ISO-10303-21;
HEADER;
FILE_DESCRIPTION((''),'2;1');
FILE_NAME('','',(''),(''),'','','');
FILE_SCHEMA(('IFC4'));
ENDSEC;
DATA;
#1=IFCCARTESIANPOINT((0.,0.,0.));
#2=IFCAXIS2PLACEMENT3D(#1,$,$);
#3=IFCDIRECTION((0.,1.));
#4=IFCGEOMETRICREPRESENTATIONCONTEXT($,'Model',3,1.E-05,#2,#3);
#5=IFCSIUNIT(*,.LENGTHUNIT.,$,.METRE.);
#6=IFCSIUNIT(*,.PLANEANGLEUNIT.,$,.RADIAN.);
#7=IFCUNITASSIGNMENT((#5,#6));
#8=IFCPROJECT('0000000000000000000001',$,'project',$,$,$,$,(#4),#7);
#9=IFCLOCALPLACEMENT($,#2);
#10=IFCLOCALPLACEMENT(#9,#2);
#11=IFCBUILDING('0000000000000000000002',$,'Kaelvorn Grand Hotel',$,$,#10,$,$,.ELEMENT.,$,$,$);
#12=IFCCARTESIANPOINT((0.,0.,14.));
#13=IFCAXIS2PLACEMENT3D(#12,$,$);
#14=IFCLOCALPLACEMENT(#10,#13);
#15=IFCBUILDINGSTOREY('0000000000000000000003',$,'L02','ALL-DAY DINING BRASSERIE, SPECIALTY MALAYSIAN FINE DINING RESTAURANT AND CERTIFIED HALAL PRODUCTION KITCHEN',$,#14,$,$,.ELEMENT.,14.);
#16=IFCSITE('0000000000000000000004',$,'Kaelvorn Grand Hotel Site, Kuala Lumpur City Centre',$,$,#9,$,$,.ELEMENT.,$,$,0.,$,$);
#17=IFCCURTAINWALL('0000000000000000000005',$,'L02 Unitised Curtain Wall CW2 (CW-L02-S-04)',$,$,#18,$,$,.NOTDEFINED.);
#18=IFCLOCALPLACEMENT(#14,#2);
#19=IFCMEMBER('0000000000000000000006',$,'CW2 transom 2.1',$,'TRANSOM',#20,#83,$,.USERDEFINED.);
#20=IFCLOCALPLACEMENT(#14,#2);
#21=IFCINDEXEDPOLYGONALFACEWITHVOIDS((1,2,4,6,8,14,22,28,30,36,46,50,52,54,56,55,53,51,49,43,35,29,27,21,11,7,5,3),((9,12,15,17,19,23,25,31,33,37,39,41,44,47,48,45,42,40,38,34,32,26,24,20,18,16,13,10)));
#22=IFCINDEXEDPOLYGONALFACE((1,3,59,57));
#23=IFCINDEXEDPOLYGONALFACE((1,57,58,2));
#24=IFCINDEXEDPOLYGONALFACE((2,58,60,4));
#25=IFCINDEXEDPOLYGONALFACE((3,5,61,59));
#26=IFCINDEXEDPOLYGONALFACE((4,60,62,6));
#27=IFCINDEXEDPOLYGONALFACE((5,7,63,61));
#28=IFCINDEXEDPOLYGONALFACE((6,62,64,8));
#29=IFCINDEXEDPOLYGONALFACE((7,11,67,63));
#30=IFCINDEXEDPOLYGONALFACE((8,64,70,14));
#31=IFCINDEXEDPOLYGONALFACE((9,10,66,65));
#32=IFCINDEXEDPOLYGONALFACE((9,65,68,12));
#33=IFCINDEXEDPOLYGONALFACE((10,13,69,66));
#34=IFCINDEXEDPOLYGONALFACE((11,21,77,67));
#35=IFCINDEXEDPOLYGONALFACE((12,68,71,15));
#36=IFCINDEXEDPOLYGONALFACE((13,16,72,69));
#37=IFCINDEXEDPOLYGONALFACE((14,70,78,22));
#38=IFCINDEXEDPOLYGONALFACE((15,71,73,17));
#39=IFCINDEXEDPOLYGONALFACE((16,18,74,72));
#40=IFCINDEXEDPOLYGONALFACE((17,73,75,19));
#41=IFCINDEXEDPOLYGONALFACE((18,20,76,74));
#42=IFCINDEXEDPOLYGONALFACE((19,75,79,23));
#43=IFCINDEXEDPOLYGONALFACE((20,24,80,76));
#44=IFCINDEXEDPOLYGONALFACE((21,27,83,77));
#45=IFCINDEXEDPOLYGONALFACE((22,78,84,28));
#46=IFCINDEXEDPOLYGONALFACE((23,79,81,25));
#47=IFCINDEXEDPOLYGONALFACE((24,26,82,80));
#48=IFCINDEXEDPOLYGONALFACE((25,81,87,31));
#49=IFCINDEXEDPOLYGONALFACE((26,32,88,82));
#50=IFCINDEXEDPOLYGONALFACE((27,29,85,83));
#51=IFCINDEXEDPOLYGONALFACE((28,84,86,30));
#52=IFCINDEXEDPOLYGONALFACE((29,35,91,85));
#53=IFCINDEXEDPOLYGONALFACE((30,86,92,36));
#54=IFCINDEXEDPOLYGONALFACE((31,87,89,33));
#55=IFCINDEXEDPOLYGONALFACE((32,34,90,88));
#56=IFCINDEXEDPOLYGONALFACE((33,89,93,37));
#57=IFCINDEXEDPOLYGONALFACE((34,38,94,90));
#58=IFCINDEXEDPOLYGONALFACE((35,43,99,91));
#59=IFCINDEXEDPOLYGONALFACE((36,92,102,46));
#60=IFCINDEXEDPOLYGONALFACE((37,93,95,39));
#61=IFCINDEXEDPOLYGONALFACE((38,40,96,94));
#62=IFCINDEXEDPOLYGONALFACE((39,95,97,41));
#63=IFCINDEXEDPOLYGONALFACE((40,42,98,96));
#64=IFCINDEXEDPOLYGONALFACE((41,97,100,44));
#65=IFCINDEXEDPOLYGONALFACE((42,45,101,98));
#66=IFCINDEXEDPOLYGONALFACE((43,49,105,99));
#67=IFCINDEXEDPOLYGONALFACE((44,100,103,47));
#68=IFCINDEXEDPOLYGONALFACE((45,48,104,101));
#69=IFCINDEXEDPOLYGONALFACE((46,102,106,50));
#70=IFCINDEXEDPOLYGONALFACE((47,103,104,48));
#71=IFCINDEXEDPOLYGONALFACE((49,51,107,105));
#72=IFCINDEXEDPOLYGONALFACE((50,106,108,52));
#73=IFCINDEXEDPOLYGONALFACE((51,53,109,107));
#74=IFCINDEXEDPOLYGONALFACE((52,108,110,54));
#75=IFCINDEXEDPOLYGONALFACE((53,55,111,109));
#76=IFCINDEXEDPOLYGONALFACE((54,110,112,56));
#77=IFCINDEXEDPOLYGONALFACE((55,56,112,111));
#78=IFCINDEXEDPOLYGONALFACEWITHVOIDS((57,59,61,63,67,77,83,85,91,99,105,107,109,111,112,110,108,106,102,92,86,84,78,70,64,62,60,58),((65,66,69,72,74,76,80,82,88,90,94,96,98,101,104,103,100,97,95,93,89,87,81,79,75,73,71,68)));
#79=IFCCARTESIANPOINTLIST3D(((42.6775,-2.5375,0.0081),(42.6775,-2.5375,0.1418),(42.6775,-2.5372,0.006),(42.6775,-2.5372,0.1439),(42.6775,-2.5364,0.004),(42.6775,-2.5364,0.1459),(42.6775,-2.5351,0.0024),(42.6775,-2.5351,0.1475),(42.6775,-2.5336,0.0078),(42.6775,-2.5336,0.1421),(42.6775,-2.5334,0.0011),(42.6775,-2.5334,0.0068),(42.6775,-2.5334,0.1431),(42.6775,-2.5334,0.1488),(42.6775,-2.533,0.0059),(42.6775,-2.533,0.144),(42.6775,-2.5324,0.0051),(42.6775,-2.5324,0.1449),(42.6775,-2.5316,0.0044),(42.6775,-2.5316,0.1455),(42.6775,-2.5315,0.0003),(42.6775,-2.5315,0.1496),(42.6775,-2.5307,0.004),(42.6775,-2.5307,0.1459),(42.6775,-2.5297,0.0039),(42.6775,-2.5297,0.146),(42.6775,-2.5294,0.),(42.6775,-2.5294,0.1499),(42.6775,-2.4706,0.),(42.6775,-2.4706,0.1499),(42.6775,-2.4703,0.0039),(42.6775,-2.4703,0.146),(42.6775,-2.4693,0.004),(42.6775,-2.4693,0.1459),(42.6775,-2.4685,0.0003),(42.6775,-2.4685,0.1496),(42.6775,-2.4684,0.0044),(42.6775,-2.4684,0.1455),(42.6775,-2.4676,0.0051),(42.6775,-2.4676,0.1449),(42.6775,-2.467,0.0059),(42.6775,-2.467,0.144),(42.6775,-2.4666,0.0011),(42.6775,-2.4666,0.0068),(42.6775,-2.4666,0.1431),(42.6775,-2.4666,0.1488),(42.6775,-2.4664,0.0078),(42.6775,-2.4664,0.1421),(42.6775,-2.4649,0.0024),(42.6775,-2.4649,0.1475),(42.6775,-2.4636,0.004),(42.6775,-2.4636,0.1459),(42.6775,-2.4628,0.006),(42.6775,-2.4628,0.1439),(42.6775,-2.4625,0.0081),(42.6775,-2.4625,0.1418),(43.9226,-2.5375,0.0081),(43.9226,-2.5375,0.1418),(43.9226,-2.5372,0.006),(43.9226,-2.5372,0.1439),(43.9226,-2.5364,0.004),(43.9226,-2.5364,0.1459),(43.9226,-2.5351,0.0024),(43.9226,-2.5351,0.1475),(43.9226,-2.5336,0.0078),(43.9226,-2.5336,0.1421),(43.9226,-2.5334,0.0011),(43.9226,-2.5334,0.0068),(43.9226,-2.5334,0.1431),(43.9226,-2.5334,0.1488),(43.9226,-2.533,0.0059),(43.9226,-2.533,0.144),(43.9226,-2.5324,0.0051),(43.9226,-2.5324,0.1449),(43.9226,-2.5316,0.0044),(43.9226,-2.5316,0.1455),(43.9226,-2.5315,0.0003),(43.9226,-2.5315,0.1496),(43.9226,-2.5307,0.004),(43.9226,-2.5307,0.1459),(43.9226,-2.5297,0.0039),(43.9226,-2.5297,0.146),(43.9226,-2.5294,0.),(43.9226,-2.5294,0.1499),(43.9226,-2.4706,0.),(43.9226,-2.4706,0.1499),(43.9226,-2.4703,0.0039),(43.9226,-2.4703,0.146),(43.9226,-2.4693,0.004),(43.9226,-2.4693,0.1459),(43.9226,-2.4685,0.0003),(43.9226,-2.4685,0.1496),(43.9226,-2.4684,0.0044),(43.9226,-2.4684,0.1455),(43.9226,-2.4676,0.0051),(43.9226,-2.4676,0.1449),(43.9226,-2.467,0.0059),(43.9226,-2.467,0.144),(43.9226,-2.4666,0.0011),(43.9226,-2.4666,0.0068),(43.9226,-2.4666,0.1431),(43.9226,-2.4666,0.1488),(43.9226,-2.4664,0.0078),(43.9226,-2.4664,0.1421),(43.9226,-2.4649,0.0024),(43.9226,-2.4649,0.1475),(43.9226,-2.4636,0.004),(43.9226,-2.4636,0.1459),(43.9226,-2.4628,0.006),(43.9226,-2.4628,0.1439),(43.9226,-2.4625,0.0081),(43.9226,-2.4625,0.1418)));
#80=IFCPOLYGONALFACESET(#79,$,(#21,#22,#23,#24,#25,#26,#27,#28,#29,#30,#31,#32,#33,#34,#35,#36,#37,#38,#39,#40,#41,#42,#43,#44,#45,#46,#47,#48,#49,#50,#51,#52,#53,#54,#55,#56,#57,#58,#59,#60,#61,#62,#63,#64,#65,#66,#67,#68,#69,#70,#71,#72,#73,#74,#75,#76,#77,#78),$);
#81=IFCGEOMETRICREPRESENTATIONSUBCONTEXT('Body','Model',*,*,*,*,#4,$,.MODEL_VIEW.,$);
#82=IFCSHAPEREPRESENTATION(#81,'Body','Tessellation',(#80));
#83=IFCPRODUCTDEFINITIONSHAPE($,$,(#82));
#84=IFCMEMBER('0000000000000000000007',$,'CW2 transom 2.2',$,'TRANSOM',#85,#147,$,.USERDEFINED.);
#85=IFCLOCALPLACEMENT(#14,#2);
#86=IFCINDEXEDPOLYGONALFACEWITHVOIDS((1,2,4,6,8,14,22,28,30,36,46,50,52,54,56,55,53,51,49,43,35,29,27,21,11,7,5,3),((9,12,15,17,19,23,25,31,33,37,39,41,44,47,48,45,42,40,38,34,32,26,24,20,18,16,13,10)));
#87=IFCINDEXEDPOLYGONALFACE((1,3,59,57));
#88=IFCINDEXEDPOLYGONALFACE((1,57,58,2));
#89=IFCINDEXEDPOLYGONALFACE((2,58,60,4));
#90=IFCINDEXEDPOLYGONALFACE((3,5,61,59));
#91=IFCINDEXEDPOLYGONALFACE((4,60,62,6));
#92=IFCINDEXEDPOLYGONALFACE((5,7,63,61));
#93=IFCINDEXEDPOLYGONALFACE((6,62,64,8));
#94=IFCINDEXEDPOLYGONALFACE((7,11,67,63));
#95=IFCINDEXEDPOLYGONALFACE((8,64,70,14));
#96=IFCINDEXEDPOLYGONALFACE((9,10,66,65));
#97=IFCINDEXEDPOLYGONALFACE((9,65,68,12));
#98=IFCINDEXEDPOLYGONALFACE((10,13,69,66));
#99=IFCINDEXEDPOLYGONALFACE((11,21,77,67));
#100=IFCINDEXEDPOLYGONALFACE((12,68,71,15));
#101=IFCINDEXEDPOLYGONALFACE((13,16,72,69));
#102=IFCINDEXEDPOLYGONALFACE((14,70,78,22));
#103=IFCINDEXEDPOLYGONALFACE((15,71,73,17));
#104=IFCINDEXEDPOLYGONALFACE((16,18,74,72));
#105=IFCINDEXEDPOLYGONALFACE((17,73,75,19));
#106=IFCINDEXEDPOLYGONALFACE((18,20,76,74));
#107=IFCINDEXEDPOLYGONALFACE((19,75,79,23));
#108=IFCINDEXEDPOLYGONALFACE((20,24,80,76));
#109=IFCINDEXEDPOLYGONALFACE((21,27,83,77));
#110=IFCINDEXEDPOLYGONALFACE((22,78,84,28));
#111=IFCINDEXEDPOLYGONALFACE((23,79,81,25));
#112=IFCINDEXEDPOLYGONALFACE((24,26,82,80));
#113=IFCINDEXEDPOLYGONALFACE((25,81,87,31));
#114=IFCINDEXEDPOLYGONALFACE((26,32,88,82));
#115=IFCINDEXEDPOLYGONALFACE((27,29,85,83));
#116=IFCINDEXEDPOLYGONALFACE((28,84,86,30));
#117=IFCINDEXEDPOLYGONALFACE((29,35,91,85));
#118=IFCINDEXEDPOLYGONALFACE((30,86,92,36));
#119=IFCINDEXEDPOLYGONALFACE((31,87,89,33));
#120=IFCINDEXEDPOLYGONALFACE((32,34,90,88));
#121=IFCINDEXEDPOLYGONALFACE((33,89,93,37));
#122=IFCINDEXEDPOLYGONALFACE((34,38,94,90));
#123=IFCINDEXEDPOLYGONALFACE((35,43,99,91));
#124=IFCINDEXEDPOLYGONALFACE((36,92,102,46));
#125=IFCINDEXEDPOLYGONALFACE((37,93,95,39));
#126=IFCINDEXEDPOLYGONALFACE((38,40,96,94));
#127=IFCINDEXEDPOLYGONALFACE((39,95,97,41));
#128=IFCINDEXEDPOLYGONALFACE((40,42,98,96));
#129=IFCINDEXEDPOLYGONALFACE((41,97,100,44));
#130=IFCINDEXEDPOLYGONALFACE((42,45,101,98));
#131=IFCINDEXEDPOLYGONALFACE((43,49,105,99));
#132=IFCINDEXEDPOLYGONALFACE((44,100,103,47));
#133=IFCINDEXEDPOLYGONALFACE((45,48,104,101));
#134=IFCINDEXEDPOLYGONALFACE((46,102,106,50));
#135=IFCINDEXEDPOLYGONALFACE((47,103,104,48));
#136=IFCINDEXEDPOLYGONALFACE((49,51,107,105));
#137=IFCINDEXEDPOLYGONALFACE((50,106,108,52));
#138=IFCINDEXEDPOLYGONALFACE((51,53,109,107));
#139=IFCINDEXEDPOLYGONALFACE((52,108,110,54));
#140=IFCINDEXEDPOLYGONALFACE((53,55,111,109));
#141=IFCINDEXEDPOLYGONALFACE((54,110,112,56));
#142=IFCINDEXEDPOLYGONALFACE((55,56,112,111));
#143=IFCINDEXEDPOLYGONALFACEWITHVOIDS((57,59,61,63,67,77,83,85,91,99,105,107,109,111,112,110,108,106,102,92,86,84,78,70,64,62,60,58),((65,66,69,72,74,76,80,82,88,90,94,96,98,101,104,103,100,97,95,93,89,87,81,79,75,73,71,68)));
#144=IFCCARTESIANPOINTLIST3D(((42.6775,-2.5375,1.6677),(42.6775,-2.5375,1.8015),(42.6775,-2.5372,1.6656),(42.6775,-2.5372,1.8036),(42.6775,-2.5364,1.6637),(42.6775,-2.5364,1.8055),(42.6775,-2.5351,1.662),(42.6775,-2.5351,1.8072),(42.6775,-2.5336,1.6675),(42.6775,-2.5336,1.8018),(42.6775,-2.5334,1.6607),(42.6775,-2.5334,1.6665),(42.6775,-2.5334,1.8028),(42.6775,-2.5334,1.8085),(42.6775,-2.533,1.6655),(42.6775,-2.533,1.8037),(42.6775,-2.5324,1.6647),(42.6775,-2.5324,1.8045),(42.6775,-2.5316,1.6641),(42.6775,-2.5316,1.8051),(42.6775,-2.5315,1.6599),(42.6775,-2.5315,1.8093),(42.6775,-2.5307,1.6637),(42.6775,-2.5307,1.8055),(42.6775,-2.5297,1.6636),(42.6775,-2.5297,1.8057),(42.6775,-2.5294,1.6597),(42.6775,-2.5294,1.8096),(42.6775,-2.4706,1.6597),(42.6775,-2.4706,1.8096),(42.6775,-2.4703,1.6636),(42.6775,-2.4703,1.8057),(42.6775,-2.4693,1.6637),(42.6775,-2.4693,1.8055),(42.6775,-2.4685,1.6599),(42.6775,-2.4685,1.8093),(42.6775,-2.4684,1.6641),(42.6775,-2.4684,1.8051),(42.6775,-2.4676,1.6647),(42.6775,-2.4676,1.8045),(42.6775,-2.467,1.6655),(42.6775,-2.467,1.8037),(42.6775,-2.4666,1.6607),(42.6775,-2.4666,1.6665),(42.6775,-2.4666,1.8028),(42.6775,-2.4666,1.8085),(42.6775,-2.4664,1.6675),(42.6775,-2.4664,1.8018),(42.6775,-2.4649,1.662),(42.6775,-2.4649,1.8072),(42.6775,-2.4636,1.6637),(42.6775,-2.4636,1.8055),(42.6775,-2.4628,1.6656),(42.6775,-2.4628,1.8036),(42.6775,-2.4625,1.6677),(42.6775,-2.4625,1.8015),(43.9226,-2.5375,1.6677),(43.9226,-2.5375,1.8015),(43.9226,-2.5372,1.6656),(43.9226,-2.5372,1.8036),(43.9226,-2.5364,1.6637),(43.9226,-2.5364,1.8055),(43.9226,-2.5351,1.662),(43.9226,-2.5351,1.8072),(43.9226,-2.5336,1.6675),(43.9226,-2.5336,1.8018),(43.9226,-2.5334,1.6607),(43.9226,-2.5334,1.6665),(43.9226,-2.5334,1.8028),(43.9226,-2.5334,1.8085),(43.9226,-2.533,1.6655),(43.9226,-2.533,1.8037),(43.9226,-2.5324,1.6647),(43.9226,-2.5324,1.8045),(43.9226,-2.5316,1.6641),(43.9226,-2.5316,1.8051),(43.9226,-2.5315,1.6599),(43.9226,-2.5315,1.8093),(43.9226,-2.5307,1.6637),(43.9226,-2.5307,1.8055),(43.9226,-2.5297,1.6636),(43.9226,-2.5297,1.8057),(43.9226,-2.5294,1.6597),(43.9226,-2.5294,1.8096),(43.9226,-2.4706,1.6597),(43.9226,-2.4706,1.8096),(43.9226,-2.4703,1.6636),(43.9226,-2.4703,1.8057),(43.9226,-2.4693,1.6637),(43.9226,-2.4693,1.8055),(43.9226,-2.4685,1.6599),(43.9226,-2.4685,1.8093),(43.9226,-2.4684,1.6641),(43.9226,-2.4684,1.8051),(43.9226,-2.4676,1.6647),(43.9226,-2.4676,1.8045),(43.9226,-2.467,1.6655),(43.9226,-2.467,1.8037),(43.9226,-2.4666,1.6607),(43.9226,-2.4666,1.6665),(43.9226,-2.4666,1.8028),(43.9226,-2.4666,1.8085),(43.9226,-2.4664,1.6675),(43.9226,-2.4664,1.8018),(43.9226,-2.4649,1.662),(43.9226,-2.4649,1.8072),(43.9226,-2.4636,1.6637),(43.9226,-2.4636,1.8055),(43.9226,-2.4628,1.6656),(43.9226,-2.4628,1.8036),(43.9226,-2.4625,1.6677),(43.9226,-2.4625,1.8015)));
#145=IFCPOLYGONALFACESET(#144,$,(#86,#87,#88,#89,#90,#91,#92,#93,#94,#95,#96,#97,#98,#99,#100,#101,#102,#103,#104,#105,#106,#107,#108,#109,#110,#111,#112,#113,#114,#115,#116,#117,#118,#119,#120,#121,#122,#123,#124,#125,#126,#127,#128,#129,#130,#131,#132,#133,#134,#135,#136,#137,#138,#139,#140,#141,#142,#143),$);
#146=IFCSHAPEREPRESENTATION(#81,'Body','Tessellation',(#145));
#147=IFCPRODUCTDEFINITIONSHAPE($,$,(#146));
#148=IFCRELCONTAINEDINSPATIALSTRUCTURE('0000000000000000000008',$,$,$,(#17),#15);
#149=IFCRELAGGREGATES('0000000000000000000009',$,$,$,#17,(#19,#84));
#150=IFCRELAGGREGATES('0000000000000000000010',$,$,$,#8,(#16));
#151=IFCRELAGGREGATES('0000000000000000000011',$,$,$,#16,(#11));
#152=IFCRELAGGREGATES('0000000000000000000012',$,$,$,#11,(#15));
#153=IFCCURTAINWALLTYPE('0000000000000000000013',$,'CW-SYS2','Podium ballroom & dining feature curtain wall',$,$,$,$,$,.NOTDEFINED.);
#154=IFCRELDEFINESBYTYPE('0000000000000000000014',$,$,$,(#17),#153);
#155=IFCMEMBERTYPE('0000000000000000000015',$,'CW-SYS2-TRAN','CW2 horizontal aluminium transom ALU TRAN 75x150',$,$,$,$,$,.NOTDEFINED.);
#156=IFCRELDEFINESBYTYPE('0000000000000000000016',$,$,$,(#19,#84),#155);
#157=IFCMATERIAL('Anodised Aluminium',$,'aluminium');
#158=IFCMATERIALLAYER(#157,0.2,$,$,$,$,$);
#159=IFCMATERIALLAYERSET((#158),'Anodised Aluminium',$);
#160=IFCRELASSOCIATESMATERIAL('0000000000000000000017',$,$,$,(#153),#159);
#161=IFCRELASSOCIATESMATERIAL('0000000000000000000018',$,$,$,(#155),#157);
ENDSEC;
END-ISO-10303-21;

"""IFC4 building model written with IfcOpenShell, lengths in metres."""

from ifc_helpers import new_model, si_unit, direction, frame, origin, origin_2d, place, context, subcontext, project, spatial, hollow_rectangle, extrude, material, layer, layer_set, material_profile, profile_set, type_object, element, aggregate, save


model = new_model("IFC4")

# Units and contexts
model_context = context("Model", 3, precision=1e-05, world=origin(), true_north=direction((0.0, 1.0)))
body_context = subcontext(model_context, "Body", "Model", "MODEL_VIEW")
ifc_project = project(units=[si_unit("LENGTHUNIT", "METRE"), si_unit("PLANEANGLEUNIT", "RADIAN")], contexts=[model_context])

# Site, building, storey
site_placement = place(None, origin())
site = spatial("IfcSite", under=ifc_project, at=site_placement, Name="Kaelvorn Grand Hotel Site, Kuala Lumpur City Centre", CompositionType="ELEMENT", RefElevation=0.0)
building_placement = place(site_placement, origin())
building = spatial("IfcBuilding", under=site, at=building_placement, Name="Kaelvorn Grand Hotel", CompositionType="ELEMENT")
storey_placement = place(building_placement, frame((0.0, 0.0, 14.0)))
storey = spatial("IfcBuildingStorey", under=building, at=storey_placement, Name="L02", Description="ALL-DAY DINING BRASSERIE, SPECIALTY MALAYSIAN FINE DINING RESTAURANT AND CERTIFIED HALAL PRODUCTION KITCHEN", CompositionType="ELEMENT", Elevation=14.0)

# Curtain wall
ifc_material_1 = material(Name="Anodised Aluminium", Category="aluminium")
ifc_layer_1 = layer(ifc_material_1, 0.2)
ifc_layer_set_1 = layer_set([ifc_layer_1], Name="Anodised Aluminium")
curtain_wall_type = type_object("IfcCurtainWallType", Name="CW-SYS2", Description="Podium ballroom & dining feature curtain wall", PredefinedType="NOTDEFINED", material=ifc_layer_set_1)
curtain_wall_1_placement = place(storey_placement, origin())
curtain_wall_1 = element("IfcCurtainWall", 1, at=curtain_wall_1_placement, inside=storey, type_object=curtain_wall_type, Name="L02 Unitised Curtain Wall CW2 (CW-L02-S-04)", PredefinedType="NOTDEFINED")

# Members
ifc_material_profile_1 = material_profile(ifc_material_1, hollow_rectangle(XDim=0.075, YDim=0.1499, WallThickness=0.0039, InnerFilletRadius=0.0039, OuterFilletRadius=0.0081, at=origin_2d()), Name="ALU TRAN 75x150")
ifc_profile_set_1 = profile_set([ifc_material_profile_1], Name="Anodised Aluminium")
member_type_1 = type_object("IfcMemberType", Name="CW-SYS2-TRAN", Description="CW2 horizontal aluminium transom ALU TRAN 75x150", PredefinedType="NOTDEFINED", material=ifc_profile_set_1)
member_1_placement = place(storey_placement, frame((42.6775, -2.5, 0.075), z_axis=(1.0, 0.0, 0.0), x_axis=(0.0, 1.0, 0.0)))
member_1 = element("IfcMember", 2, at=member_1_placement, type_object=member_type_1, Name="CW2 transom 2.1", ObjectType="TRANSOM", PredefinedType="USERDEFINED", context=body_context, shape_type="SweptSolid", body=[
    extrude(hollow_rectangle(XDim=0.075, YDim=0.1499, WallThickness=0.0039, InnerFilletRadius=0.0039, OuterFilletRadius=0.0081, at=origin_2d()), origin(), (0.0, 0.0, 1.0), 1.2451),
])
member_2_placement = place(storey_placement, frame((42.6775, -2.5, 1.7346), z_axis=(1.0, 0.0, 0.0), x_axis=(0.0, 1.0, 0.0)))
member_2 = element("IfcMember", 3, at=member_2_placement, type_object=member_type_1, Name="CW2 transom 2.2", ObjectType="TRANSOM", PredefinedType="USERDEFINED", context=body_context, shape_type="SweptSolid", body=[
    extrude(hollow_rectangle(XDim=0.075, YDim=0.1499, WallThickness=0.0039, InnerFilletRadius=0.0039, OuterFilletRadius=0.0081, at=origin_2d()), origin(), (0.0, 0.0, 1.0), 1.2451),
])

aggregate(curtain_wall_1, [member_1, member_2])

save(model, "model.ifc")
